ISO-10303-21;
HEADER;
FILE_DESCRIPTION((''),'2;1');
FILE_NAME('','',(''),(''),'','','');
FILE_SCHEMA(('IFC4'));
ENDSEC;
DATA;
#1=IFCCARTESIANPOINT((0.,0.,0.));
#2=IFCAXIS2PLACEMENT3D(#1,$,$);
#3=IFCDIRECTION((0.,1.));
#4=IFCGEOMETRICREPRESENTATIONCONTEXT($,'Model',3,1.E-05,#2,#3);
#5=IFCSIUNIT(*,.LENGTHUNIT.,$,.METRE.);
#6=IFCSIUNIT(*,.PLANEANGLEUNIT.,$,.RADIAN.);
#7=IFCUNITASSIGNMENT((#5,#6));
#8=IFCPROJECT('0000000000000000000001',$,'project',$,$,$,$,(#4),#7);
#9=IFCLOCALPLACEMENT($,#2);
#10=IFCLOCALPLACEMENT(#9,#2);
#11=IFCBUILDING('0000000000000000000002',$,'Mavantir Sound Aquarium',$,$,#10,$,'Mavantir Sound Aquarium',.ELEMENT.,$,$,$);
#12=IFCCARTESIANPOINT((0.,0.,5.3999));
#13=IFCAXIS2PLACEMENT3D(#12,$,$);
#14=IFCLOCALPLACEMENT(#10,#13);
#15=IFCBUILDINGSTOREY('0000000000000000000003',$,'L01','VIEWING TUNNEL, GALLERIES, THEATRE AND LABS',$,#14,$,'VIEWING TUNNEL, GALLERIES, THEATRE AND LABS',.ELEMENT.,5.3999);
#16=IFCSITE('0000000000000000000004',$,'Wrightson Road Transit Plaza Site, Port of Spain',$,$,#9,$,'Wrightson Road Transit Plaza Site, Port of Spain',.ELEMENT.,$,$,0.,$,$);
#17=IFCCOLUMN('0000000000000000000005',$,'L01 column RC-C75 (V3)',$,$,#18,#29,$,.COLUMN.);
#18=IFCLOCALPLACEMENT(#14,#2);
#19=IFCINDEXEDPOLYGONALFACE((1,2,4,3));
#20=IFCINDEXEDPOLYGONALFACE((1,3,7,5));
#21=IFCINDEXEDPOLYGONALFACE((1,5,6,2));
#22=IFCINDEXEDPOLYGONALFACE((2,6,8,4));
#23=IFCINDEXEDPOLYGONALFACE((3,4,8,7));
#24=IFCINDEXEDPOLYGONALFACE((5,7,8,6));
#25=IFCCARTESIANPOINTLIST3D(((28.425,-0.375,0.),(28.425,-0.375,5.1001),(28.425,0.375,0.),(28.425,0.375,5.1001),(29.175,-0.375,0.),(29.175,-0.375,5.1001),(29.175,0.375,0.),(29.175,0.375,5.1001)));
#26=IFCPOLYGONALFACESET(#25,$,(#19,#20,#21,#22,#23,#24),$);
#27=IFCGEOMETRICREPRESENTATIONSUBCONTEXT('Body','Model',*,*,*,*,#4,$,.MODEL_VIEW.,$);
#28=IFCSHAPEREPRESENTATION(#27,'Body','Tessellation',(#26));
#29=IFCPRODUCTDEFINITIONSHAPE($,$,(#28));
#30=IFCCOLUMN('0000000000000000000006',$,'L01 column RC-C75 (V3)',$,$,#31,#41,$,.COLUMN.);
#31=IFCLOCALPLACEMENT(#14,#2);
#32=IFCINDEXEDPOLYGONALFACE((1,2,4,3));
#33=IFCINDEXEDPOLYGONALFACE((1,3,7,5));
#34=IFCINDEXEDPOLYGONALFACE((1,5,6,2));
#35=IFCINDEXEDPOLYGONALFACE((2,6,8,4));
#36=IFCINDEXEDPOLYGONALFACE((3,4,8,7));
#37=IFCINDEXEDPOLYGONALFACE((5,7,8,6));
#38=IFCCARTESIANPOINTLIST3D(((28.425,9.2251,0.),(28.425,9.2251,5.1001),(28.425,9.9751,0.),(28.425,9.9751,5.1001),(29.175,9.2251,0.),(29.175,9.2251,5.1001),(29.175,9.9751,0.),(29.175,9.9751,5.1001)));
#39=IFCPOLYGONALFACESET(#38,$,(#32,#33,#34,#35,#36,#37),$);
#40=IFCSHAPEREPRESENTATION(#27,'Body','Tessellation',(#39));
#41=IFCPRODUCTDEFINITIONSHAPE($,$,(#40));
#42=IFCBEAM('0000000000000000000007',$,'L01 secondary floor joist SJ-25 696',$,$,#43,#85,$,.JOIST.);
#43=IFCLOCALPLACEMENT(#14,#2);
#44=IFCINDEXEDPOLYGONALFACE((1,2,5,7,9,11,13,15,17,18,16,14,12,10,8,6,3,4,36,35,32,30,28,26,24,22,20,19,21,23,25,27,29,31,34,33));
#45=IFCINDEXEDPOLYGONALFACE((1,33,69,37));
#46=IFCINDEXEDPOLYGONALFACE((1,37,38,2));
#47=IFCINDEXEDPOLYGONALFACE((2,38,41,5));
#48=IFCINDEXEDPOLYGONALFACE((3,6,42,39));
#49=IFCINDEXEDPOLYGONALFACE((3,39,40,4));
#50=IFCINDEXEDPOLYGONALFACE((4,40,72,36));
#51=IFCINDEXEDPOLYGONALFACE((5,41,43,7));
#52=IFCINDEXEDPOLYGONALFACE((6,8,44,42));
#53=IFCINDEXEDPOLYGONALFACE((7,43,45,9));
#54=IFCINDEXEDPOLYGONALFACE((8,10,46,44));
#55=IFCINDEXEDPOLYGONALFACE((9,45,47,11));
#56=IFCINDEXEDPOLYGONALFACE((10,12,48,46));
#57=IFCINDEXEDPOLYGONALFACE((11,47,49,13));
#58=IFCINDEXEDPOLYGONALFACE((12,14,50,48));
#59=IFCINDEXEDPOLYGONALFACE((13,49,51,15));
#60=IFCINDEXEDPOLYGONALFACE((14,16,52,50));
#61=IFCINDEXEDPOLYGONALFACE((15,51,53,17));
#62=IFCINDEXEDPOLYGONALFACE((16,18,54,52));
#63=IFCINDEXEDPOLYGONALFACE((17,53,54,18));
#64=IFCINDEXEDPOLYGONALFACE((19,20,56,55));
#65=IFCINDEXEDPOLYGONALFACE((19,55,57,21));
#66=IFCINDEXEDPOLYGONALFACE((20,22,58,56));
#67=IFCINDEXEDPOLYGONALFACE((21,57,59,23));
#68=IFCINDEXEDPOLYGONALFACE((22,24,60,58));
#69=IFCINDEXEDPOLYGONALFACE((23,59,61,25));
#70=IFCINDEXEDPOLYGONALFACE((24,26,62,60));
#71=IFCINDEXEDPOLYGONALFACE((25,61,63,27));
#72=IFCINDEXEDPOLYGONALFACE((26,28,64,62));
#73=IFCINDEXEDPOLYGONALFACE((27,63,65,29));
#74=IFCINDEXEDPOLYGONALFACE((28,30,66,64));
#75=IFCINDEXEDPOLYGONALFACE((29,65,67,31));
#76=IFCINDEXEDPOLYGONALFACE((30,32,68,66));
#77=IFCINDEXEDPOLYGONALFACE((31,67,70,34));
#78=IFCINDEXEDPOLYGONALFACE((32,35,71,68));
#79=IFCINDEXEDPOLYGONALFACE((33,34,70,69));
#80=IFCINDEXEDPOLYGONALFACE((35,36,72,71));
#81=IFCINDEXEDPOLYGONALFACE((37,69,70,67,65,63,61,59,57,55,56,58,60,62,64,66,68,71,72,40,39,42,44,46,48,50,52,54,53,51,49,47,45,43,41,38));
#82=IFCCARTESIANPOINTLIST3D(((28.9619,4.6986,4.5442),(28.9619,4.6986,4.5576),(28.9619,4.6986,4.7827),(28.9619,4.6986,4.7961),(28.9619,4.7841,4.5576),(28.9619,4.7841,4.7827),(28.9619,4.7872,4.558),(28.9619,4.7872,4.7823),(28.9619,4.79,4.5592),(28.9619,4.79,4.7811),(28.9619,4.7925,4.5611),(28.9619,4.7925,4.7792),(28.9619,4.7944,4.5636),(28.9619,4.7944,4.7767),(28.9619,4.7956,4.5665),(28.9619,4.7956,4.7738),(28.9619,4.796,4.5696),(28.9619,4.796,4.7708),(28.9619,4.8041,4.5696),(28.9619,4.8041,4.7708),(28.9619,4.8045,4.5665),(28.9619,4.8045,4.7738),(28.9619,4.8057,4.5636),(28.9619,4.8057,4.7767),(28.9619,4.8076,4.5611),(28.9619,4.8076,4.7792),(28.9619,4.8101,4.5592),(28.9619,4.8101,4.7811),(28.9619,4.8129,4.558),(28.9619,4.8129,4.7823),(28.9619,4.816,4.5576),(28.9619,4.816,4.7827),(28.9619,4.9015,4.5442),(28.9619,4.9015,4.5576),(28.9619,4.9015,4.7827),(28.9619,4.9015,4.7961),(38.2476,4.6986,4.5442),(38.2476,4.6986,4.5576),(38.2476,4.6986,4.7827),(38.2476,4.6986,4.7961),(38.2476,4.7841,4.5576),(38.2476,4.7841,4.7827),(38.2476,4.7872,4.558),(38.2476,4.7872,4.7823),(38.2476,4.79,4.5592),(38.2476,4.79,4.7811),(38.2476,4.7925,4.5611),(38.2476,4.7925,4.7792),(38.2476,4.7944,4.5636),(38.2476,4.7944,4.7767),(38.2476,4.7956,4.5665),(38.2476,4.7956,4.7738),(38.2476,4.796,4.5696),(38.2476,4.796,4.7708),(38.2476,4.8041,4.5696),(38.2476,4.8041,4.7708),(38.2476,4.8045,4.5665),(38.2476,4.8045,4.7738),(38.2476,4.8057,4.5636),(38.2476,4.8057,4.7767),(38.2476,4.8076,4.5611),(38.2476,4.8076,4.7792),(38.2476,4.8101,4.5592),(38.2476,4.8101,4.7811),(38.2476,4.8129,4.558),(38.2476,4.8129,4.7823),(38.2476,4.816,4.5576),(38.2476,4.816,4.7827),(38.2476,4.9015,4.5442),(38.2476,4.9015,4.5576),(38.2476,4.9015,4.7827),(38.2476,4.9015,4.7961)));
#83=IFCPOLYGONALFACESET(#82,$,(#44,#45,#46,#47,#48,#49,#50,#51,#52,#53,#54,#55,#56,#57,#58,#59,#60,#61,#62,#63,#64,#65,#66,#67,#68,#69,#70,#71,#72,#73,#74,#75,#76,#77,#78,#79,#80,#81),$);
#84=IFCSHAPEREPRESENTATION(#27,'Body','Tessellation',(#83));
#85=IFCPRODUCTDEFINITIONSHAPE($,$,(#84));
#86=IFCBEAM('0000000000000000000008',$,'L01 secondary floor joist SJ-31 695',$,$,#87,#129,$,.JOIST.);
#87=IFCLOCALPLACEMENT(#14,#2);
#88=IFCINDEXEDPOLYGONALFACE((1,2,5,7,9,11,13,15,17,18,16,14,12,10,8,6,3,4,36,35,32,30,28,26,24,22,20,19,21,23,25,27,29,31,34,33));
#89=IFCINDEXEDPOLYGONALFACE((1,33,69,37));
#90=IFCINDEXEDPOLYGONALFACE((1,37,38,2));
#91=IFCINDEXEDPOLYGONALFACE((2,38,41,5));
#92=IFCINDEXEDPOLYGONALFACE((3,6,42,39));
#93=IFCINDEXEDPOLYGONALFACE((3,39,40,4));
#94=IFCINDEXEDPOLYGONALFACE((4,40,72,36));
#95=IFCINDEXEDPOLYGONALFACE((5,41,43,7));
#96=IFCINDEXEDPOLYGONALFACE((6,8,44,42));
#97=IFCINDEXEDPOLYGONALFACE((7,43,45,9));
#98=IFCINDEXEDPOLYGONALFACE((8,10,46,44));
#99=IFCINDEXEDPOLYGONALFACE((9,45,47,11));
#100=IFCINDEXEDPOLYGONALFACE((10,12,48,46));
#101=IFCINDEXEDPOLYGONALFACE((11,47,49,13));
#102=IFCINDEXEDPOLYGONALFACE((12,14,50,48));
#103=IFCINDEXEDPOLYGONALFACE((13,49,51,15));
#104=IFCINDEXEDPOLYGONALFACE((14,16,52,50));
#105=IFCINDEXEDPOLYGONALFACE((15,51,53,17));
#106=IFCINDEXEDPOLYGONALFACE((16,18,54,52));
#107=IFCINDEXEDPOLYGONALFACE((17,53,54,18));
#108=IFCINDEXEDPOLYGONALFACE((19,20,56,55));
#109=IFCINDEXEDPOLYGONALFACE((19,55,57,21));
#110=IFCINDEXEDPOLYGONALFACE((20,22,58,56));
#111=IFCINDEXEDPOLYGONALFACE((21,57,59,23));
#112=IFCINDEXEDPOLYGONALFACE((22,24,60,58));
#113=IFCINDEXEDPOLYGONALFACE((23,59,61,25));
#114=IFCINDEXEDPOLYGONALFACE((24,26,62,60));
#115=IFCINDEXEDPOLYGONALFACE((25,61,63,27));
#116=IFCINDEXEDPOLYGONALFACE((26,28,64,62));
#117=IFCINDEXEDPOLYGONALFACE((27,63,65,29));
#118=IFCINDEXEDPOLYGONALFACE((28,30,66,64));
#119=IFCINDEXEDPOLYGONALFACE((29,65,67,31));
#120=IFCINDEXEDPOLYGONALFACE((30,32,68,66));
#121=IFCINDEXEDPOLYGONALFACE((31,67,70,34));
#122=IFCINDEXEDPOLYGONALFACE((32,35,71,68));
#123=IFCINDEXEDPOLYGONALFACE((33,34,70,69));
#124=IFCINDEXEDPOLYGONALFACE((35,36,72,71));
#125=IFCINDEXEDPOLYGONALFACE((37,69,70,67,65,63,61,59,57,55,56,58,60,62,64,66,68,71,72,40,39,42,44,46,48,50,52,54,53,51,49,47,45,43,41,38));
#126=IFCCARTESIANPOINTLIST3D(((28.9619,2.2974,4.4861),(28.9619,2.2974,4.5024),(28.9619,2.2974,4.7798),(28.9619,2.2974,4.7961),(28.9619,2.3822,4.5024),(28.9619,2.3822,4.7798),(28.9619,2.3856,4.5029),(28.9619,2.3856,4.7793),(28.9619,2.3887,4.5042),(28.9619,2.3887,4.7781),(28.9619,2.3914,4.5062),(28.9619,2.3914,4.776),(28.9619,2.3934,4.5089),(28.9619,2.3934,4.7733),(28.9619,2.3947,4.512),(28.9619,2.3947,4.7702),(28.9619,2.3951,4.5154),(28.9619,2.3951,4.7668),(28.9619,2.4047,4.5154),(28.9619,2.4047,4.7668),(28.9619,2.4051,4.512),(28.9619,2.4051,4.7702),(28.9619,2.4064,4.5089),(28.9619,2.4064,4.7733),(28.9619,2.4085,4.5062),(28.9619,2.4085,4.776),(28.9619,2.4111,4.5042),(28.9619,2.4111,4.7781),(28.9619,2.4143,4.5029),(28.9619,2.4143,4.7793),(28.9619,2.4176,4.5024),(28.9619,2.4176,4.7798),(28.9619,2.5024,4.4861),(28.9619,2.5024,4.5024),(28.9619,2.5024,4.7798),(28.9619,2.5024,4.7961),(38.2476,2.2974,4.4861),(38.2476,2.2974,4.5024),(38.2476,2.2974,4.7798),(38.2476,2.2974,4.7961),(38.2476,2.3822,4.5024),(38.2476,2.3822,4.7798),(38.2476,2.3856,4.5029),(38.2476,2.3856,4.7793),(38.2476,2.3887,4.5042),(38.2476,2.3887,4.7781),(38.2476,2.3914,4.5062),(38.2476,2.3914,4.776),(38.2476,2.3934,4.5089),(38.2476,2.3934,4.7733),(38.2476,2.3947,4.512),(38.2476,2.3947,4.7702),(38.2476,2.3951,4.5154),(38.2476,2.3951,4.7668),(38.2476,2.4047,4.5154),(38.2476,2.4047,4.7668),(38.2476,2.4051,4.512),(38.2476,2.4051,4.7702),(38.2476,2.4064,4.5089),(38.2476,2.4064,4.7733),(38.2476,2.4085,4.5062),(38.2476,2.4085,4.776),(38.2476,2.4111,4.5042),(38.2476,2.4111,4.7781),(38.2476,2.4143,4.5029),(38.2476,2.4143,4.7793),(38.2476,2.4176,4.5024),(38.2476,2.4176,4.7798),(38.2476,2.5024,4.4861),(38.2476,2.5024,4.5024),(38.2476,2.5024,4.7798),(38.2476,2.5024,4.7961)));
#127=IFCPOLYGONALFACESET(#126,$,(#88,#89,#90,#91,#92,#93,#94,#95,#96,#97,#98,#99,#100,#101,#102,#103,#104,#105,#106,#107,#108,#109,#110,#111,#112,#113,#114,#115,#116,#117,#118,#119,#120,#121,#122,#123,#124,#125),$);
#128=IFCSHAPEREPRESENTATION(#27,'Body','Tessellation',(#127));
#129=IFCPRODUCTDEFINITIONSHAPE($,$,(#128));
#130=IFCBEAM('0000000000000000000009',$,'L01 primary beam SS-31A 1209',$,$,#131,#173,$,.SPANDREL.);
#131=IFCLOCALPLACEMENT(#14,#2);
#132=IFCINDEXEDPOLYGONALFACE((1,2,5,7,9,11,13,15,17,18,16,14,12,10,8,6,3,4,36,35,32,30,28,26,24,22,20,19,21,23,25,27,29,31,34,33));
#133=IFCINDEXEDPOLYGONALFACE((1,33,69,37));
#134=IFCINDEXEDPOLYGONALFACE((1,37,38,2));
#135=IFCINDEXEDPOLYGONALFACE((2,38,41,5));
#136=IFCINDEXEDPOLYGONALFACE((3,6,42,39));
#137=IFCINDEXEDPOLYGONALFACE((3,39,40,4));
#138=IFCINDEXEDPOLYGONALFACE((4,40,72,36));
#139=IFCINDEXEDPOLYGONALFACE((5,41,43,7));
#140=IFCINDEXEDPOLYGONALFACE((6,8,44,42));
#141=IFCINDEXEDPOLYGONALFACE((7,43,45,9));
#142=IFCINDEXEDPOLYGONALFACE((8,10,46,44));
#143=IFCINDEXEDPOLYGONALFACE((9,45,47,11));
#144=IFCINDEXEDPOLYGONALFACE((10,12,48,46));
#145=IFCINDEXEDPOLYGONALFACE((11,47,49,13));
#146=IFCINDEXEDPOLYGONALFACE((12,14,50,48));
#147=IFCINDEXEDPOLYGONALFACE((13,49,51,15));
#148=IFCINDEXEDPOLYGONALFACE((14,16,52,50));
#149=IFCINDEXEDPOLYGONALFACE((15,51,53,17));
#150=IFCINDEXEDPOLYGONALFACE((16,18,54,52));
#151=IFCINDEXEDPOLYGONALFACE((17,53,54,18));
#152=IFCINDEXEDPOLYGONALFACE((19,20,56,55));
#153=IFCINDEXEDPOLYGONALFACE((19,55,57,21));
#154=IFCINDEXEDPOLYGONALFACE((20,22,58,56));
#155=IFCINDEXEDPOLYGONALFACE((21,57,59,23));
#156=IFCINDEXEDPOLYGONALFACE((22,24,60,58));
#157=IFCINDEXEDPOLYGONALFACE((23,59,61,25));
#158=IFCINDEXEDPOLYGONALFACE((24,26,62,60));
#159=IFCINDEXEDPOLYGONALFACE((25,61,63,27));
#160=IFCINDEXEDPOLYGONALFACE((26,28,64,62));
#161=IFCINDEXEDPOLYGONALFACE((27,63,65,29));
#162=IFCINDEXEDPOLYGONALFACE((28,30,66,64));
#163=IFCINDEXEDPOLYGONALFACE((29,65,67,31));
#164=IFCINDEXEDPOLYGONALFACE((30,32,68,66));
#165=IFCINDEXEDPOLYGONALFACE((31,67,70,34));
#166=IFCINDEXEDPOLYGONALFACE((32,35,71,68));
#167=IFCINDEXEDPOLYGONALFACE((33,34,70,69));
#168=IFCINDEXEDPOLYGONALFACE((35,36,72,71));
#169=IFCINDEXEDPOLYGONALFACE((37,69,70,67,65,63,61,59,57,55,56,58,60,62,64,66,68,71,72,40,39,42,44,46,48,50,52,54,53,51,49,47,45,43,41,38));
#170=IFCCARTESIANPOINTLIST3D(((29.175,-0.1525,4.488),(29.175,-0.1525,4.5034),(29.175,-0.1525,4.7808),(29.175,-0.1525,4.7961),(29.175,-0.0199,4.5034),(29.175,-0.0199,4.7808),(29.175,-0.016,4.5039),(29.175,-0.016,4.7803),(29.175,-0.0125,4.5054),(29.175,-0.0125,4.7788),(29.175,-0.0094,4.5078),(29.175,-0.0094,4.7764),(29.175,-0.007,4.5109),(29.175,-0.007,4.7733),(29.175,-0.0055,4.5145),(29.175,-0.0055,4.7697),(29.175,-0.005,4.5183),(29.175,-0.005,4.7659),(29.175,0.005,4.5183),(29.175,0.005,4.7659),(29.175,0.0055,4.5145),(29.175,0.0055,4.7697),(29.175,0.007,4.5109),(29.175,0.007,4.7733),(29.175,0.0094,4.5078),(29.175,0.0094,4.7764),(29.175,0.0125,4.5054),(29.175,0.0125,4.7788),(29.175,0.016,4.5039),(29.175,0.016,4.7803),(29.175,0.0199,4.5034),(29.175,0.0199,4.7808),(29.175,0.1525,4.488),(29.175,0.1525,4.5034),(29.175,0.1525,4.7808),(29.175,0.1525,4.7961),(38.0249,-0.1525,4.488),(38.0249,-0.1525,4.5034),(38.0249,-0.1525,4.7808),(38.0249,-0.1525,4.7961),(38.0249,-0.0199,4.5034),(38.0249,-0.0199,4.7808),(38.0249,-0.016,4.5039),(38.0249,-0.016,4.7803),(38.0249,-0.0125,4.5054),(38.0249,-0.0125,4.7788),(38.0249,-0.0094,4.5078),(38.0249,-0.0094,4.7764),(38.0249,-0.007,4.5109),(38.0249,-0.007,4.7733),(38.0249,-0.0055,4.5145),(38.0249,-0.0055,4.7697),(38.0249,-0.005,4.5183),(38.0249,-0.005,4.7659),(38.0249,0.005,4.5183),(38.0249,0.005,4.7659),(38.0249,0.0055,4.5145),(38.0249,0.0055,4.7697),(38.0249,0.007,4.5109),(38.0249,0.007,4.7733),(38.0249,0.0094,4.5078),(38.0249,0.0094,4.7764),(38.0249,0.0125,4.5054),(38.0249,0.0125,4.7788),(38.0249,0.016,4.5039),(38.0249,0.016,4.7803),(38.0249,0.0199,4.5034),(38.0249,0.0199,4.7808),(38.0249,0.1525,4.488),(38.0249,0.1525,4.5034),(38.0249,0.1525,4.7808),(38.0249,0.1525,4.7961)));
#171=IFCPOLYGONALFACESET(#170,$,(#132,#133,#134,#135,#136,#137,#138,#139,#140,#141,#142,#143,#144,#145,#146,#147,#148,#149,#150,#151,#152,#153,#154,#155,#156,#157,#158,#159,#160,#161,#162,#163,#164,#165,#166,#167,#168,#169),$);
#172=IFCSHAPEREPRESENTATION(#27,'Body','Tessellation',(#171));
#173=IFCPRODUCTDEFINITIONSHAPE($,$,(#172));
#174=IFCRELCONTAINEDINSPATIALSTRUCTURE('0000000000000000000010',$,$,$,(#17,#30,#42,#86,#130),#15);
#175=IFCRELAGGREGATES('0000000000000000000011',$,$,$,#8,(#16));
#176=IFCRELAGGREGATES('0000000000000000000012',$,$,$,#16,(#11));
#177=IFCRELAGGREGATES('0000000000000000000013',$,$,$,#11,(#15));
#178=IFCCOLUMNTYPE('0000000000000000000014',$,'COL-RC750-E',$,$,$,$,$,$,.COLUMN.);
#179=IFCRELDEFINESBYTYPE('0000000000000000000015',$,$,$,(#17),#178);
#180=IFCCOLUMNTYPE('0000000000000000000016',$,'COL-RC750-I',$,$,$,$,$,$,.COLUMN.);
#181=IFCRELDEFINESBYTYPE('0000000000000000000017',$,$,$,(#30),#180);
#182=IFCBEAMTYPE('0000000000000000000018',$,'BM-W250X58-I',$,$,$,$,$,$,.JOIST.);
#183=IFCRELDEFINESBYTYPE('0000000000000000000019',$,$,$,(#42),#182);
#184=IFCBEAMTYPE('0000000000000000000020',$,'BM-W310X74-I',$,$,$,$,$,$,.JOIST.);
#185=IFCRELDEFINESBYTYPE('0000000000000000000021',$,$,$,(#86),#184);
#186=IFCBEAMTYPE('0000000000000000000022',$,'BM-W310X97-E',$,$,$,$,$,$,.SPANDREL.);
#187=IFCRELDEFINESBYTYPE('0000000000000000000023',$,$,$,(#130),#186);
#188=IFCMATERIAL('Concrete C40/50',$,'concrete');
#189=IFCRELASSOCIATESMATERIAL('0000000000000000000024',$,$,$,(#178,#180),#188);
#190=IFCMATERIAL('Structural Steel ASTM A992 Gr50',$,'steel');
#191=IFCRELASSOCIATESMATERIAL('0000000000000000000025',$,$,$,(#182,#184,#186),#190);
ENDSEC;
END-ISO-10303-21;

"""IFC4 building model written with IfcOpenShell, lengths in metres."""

from ifc_helpers import new_model, si_unit, direction, frame, origin, origin_2d, place, context, subcontext, project, spatial, rectangle, i_section, extrude, material, material_profile, profile_set, type_object, element, save


model = new_model("IFC4")

# Units and contexts
model_context = context("Model", 3, precision=1e-05, world=origin(), true_north=direction((0.0, 1.0)))
body_context = subcontext(model_context, "Body", "Model", "MODEL_VIEW")
ifc_project = project(units=[si_unit("LENGTHUNIT", "METRE"), si_unit("PLANEANGLEUNIT", "RADIAN")], contexts=[model_context])

# Site, building, storey
site_placement = place(None, origin())
site = spatial("IfcSite", under=ifc_project, at=site_placement, Name="Wrightson Road Transit Plaza Site, Port of Spain", LongName="Wrightson Road Transit Plaza Site, Port of Spain", CompositionType="ELEMENT", RefElevation=0.0)
building_placement = place(site_placement, origin())
building = spatial("IfcBuilding", under=site, at=building_placement, Name="Mavantir Sound Aquarium", LongName="Mavantir Sound Aquarium", CompositionType="ELEMENT")
storey_placement = place(building_placement, frame((0.0, 0.0, 5.3999)))
storey = spatial("IfcBuildingStorey", under=building, at=storey_placement, Name="L01", Description="VIEWING TUNNEL, GALLERIES, THEATRE AND LABS", LongName="VIEWING TUNNEL, GALLERIES, THEATRE AND LABS", CompositionType="ELEMENT", Elevation=5.3999)

# Columns
ifc_material_1 = material(Name="Concrete C40/50", Category="concrete")
ifc_material_profile_1 = material_profile(ifc_material_1, rectangle(XDim=0.75, YDim=0.75, at=origin_2d()), Name="RC 750X750")
ifc_profile_set_1 = profile_set([ifc_material_profile_1], Name="Concrete C40/50")
column_type_1 = type_object("IfcColumnType", Name="COL-RC750-E", PredefinedType="COLUMN", material=ifc_profile_set_1)
column_1_placement = place(storey_placement, frame((28.8, 0.0, 0.0), z_axis=(0.0, 0.0, 1.0), x_axis=(1.0, 0.0, 0.0)))
element("IfcColumn", 1, at=column_1_placement, inside=storey, type_object=column_type_1, Name="L01 column RC-C75 (V3)", PredefinedType="COLUMN", context=body_context, shape_type="SweptSolid", body=[
    extrude(rectangle(XDim=0.75, YDim=0.75, at=origin_2d()), origin(), (0.0, 0.0, 1.0), 5.1001),
])
ifc_material_profile_2 = material_profile(ifc_material_1, rectangle(XDim=0.75, YDim=0.75, at=origin_2d()), Name="RC 750X750")
ifc_profile_set_2 = profile_set([ifc_material_profile_2], Name="Concrete C40/50")
column_type_2 = type_object("IfcColumnType", Name="COL-RC750-I", PredefinedType="COLUMN", material=ifc_profile_set_2)
column_2_placement = place(storey_placement, frame((28.8, 9.6001, 0.0), z_axis=(0.0, 0.0, 1.0), x_axis=(1.0, 0.0, 0.0)))
element("IfcColumn", 2, at=column_2_placement, inside=storey, type_object=column_type_2, Name="L01 column RC-C75 (V3)", PredefinedType="COLUMN", context=body_context, shape_type="SweptSolid", body=[
    extrude(rectangle(XDim=0.75, YDim=0.75, at=origin_2d()), origin(), (0.0, 0.0, 1.0), 5.1001),
])

# Beams
ifc_material_2 = material(Name="Structural Steel ASTM A992 Gr50", Category="steel")
ifc_material_profile_3 = material_profile(ifc_material_2, i_section(OverallWidth=0.2029, OverallDepth=0.252, WebThickness=0.0081, FlangeThickness=0.0134, FilletRadius=0.012, at=origin_2d()), Name="W250X58")
ifc_profile_set_3 = profile_set([ifc_material_profile_3], Name="Structural Steel ASTM A992 Gr50")
beam_type_1 = type_object("IfcBeamType", Name="BM-W250X58-I", PredefinedType="JOIST", material=ifc_profile_set_3)
beam_1_placement = place(storey_placement, frame((28.9619, 4.8, 4.6702), z_axis=(1.0, 0.0, 0.0), x_axis=(0.0, 1.0, 0.0)))
element("IfcBeam", 3, at=beam_1_placement, inside=storey, type_object=beam_type_1, Name="L01 secondary floor joist SJ-25 696", PredefinedType="JOIST", context=body_context, shape_type="SweptSolid", body=[
    extrude(i_section(OverallWidth=0.2029, OverallDepth=0.252, WebThickness=0.0081, FlangeThickness=0.0134, FilletRadius=0.012, at=origin_2d()), origin(), (0.0, 0.0, 1.0), 9.2856),
])
ifc_material_profile_4 = material_profile(ifc_material_2, i_section(OverallWidth=0.2051, OverallDepth=0.3101, WebThickness=0.0095, FlangeThickness=0.0164, FilletRadius=0.0129, at=origin_2d()), Name="W310X74")
ifc_profile_set_4 = profile_set([ifc_material_profile_4], Name="Structural Steel ASTM A992 Gr50")
beam_type_2 = type_object("IfcBeamType", Name="BM-W310X74-I", PredefinedType="JOIST", material=ifc_profile_set_4)
beam_2_placement = place(storey_placement, frame((28.9619, 2.3999, 4.6411), z_axis=(1.0, 0.0, 0.0), x_axis=(0.0, 1.0, 0.0)))
element("IfcBeam", 4, at=beam_2_placement, inside=storey, type_object=beam_type_2, Name="L01 secondary floor joist SJ-31 695", PredefinedType="JOIST", context=body_context, shape_type="SweptSolid", body=[
    extrude(i_section(OverallWidth=0.2051, OverallDepth=0.3101, WebThickness=0.0095, FlangeThickness=0.0164, FilletRadius=0.0129, at=origin_2d()), origin(), (0.0, 0.0, 1.0), 9.2856),
])
ifc_material_profile_5 = material_profile(ifc_material_2, i_section(OverallWidth=0.3049, OverallDepth=0.3081, WebThickness=0.01, FlangeThickness=0.0154, FilletRadius=0.0149, at=origin_2d()), Name="W310X97")
ifc_profile_set_5 = profile_set([ifc_material_profile_5], Name="Structural Steel ASTM A992 Gr50")
beam_type_3 = type_object("IfcBeamType", Name="BM-W310X97-E", PredefinedType="SPANDREL", material=ifc_profile_set_5)
beam_3_placement = place(storey_placement, frame((29.175, 0.0, 4.6421), z_axis=(1.0, 0.0, 0.0), x_axis=(0.0, 1.0, 0.0)))
element("IfcBeam", 5, at=beam_3_placement, inside=storey, type_object=beam_type_3, Name="L01 primary beam SS-31A 1209", PredefinedType="SPANDREL", context=body_context, shape_type="SweptSolid", body=[
    extrude(i_section(OverallWidth=0.3049, OverallDepth=0.3081, WebThickness=0.01, FlangeThickness=0.0154, FilletRadius=0.0149, at=origin_2d()), origin(), (0.0, 0.0, 1.0), 8.8499),
])

save(model, "model.ifc")
